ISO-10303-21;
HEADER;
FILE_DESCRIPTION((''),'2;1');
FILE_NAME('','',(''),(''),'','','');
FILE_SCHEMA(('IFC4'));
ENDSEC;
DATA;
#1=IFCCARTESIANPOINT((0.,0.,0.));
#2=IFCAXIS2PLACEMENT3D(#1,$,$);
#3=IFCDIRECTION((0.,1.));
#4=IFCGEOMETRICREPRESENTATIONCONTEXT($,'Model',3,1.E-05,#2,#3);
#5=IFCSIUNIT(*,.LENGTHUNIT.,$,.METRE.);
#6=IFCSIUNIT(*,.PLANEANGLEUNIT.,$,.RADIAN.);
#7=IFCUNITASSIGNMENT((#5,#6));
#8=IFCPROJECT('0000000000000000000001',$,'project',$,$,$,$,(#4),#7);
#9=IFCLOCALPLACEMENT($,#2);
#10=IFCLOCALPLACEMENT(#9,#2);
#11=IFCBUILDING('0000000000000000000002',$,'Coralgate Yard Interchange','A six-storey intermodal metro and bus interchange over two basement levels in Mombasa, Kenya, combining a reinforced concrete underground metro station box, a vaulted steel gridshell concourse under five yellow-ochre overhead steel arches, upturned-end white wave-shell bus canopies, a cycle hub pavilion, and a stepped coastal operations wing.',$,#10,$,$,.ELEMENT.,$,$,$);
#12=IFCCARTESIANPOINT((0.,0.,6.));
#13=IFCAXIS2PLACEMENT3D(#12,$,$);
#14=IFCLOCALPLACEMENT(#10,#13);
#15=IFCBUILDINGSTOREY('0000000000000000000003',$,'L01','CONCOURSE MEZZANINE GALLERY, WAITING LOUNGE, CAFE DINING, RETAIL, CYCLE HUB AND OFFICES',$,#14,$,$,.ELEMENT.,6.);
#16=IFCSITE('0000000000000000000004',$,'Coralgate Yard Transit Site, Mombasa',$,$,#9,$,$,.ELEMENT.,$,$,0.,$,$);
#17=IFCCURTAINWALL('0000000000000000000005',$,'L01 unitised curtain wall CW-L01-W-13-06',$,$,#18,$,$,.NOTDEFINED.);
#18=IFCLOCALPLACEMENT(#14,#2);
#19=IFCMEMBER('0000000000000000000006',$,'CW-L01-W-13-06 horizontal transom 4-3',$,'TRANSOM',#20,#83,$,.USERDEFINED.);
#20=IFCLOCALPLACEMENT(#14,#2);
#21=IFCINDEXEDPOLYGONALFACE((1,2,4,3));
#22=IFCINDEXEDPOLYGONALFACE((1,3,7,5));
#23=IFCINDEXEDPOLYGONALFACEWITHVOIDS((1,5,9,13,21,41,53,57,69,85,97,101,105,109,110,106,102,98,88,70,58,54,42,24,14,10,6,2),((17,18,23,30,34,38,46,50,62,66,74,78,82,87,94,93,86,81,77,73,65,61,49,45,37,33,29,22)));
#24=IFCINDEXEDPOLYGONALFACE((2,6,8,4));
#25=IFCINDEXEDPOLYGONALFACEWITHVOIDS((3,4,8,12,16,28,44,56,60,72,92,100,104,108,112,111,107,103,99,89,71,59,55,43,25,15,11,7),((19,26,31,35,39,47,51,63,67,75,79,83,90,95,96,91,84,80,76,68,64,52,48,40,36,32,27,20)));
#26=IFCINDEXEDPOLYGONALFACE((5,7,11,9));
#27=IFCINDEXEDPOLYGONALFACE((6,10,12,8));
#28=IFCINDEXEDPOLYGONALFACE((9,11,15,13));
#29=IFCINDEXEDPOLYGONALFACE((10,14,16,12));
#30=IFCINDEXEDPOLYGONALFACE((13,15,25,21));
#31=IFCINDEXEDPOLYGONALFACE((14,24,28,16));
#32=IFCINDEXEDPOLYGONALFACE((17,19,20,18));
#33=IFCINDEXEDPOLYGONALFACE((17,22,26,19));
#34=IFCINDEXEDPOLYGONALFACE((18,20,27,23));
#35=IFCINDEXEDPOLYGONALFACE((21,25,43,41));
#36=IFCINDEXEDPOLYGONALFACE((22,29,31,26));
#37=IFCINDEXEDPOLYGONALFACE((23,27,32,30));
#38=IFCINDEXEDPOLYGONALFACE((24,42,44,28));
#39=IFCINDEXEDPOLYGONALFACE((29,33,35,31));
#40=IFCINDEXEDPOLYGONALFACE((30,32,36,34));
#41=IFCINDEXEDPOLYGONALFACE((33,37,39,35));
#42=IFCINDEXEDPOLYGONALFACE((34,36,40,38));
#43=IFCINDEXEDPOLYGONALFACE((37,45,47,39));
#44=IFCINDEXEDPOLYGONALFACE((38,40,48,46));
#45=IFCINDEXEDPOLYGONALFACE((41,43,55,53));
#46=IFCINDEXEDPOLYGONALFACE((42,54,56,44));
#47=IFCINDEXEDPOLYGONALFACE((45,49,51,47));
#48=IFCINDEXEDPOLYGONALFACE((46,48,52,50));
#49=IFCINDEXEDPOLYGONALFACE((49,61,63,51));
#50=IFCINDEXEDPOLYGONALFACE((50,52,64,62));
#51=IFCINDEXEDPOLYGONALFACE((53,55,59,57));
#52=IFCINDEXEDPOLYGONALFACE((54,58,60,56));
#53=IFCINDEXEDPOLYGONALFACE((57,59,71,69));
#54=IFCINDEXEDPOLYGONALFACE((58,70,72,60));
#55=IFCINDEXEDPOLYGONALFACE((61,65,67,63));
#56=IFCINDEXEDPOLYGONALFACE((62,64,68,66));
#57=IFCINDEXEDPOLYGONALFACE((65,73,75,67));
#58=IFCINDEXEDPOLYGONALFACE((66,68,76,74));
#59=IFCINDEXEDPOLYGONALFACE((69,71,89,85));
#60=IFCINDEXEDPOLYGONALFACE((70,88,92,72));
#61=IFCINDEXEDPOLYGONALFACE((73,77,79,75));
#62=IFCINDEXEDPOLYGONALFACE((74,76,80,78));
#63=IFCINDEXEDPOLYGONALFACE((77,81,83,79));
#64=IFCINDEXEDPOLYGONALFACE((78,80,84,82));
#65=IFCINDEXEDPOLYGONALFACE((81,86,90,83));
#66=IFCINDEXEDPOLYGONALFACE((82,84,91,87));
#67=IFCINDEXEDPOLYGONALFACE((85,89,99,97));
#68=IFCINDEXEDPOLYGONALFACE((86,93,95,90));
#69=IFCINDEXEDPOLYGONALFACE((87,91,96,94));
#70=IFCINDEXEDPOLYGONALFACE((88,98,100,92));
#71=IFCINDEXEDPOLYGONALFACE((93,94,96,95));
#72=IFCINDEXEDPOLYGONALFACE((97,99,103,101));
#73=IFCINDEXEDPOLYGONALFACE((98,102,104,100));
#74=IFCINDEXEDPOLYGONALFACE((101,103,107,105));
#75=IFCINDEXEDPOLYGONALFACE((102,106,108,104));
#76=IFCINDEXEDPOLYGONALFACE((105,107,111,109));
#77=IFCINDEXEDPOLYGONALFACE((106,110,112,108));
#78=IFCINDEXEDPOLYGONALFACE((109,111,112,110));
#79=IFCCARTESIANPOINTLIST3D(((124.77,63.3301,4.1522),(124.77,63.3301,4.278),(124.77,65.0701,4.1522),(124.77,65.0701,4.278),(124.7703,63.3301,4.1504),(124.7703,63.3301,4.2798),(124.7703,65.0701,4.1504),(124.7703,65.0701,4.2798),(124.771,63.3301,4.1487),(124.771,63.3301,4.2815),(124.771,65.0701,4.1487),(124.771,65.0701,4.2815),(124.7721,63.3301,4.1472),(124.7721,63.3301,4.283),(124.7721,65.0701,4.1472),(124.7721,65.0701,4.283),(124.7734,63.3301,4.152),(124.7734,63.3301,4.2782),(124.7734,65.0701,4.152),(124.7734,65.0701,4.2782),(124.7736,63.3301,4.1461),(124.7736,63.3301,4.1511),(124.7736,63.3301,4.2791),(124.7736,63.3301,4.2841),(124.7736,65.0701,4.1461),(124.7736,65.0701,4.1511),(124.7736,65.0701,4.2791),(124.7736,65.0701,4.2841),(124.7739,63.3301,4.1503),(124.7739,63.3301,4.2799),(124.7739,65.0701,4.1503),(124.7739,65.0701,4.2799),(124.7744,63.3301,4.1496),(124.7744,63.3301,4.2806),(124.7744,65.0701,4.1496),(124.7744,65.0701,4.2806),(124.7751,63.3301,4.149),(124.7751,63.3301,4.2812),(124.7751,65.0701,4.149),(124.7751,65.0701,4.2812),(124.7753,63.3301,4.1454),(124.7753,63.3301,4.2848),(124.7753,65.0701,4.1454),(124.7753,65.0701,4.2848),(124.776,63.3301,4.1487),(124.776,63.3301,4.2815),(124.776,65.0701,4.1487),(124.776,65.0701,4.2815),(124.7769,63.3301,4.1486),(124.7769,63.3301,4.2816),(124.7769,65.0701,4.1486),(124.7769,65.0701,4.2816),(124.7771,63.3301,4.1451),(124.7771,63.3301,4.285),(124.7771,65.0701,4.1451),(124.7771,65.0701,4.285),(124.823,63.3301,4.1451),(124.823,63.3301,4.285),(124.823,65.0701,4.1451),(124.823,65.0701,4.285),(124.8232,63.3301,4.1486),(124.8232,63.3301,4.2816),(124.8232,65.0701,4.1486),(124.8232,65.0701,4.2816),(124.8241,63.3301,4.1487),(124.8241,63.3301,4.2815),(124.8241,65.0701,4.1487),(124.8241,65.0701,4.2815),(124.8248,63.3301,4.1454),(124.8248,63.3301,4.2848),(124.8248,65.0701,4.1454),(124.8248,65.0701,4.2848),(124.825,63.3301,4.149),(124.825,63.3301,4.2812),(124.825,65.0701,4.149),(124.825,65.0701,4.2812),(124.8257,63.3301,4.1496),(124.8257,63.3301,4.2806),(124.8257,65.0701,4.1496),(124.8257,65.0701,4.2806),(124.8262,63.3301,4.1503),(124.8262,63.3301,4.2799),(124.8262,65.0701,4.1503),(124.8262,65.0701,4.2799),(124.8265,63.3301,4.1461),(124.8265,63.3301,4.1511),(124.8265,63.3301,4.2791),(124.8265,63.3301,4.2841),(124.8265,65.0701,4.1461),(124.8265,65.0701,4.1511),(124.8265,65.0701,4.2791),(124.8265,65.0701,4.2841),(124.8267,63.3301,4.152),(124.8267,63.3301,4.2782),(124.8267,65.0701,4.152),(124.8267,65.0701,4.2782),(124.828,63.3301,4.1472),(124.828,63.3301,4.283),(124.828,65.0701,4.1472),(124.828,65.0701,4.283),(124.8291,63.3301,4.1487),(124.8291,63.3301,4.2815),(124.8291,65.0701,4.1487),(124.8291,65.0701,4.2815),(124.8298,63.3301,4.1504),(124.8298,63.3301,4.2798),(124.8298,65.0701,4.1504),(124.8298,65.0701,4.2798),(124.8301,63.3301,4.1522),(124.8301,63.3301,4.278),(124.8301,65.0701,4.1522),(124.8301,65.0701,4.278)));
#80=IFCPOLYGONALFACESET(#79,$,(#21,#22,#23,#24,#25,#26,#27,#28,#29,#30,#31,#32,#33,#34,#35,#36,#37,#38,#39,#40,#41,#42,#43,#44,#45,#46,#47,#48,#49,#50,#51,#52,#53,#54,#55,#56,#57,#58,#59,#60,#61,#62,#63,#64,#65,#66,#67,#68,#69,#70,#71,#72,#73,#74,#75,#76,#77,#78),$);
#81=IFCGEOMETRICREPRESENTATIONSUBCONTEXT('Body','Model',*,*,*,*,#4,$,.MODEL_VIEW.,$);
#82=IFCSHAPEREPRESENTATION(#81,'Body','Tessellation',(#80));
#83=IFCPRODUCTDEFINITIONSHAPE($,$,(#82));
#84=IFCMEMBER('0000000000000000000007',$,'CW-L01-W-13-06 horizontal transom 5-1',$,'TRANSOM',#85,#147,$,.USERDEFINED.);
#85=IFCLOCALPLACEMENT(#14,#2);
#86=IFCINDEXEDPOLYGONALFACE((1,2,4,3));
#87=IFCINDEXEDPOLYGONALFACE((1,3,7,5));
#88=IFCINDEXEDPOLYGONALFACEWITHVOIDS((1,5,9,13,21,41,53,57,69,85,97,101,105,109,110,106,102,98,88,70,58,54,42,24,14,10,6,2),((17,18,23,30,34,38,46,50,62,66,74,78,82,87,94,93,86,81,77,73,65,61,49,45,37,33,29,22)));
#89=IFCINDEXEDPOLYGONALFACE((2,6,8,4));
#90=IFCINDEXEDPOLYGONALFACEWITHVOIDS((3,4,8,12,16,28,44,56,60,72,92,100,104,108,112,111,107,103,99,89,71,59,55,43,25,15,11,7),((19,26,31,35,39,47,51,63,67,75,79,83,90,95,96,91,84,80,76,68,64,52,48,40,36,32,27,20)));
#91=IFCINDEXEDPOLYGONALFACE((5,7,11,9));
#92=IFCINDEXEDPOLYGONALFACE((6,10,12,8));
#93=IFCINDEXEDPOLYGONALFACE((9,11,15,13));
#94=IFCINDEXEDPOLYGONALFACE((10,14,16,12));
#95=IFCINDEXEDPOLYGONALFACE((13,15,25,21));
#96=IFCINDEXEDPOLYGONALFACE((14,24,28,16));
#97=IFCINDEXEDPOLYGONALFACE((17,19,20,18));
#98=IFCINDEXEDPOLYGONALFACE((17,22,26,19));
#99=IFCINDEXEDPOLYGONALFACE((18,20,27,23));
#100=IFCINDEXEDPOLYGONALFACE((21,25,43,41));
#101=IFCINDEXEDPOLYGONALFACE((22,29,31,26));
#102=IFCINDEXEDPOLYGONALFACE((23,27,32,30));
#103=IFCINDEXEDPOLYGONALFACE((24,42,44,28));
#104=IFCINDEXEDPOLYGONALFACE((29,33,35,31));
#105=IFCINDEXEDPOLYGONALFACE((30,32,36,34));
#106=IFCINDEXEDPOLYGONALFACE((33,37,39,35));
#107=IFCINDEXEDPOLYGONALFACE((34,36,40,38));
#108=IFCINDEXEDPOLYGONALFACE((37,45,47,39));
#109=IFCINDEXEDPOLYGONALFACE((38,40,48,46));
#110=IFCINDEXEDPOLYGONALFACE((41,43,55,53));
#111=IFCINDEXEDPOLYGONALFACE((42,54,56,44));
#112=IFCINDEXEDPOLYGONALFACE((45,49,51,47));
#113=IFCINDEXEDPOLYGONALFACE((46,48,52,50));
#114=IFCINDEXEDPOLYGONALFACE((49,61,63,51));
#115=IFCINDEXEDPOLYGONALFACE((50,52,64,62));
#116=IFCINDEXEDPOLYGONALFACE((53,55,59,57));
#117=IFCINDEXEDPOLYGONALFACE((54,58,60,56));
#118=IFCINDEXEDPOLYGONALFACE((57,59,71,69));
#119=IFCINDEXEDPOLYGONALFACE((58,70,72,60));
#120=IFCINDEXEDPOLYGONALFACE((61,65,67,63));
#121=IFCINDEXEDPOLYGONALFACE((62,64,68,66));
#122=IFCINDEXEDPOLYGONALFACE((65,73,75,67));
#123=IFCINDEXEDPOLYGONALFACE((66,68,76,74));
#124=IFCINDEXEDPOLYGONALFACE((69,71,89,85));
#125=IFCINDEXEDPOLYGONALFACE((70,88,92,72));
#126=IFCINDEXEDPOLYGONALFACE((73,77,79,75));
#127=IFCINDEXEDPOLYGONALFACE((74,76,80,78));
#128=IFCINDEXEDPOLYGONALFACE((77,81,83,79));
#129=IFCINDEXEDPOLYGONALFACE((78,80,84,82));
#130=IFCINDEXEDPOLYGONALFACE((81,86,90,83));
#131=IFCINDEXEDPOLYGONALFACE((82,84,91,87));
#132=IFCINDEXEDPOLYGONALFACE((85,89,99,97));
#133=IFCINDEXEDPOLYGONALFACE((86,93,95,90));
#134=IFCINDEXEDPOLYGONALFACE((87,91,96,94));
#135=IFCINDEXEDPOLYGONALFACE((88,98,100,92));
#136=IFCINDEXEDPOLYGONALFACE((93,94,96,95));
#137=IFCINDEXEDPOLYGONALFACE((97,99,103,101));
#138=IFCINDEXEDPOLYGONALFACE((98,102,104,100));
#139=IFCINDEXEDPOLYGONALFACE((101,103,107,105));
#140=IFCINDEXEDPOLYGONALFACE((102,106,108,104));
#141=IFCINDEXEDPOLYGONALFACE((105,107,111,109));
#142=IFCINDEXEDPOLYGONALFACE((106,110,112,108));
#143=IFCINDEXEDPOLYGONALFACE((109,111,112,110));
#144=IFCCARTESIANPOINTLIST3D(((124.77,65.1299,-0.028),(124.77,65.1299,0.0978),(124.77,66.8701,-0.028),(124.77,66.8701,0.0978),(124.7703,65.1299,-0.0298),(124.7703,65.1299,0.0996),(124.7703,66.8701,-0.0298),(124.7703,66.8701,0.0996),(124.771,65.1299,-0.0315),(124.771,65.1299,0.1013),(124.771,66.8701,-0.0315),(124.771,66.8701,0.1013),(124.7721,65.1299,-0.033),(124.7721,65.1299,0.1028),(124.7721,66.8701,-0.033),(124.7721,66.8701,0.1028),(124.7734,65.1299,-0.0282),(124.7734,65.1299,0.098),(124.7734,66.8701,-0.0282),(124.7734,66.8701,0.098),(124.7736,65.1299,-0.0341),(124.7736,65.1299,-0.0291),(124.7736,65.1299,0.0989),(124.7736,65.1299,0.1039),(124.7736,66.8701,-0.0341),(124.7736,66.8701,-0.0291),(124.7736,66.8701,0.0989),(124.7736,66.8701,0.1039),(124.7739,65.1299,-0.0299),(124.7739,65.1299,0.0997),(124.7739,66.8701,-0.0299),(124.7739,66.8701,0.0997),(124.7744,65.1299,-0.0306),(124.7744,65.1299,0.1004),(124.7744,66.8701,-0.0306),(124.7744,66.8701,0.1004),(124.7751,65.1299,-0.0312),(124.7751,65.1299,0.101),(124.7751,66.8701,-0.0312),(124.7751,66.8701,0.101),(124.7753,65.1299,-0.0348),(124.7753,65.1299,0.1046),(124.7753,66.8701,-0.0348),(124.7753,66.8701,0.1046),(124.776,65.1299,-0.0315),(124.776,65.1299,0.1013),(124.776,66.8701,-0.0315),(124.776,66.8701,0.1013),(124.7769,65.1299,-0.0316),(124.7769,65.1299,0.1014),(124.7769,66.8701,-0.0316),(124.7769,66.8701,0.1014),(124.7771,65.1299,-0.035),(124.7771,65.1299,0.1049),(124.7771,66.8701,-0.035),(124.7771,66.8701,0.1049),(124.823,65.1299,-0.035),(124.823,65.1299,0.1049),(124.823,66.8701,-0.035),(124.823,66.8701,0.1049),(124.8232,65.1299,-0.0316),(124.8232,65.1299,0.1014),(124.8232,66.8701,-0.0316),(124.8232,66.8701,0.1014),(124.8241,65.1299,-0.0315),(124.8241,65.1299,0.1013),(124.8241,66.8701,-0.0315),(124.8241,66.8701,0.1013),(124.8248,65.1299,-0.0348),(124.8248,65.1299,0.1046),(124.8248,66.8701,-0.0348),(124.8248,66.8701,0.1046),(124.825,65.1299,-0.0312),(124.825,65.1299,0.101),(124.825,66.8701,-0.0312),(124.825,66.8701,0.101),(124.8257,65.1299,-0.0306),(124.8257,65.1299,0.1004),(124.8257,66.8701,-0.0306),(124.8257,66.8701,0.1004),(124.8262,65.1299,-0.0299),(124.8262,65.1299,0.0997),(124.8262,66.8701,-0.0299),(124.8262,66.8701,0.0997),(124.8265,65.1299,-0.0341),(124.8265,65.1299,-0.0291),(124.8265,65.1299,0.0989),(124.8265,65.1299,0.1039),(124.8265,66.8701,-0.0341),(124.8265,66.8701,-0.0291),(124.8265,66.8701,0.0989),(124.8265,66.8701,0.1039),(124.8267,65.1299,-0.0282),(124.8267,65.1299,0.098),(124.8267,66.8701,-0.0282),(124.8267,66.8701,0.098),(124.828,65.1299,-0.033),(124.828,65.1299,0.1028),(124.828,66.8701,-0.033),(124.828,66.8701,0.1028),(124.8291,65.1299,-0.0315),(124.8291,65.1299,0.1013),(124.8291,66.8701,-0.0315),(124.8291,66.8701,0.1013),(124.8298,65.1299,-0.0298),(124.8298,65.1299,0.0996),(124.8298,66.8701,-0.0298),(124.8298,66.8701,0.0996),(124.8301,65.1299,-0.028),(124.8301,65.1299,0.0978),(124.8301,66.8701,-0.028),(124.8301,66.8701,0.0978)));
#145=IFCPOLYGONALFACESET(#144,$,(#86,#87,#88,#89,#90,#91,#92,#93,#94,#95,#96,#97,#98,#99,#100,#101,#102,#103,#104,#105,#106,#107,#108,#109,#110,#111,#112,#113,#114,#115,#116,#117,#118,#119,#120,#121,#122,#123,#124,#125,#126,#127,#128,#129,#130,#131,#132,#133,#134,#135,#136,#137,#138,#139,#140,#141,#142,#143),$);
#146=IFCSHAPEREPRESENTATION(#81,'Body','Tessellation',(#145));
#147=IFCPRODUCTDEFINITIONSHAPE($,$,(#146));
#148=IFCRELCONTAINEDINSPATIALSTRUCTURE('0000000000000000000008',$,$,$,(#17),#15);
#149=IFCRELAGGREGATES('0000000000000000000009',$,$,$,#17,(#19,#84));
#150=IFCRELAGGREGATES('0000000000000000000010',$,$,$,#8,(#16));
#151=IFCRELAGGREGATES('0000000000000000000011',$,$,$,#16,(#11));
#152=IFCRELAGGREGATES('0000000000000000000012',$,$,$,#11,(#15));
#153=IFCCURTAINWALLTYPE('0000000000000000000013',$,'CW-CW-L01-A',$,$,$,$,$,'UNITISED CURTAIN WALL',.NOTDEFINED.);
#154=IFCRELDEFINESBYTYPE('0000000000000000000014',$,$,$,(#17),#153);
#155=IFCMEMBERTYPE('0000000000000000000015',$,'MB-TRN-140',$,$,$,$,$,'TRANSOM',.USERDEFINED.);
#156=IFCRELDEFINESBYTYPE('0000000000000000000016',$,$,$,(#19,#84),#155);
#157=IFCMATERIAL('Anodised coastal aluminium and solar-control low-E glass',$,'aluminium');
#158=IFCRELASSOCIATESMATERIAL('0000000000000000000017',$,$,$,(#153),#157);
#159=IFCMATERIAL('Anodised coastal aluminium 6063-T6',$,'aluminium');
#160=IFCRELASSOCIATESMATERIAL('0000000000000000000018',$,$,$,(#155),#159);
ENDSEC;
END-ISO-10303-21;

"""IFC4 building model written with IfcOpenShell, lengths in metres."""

from ifc_helpers import new_model, si_unit, direction, frame, origin, origin_2d, place, context, subcontext, project, spatial, hollow_rectangle, extrude, material, material_profile, profile_set, type_object, element, aggregate, save


model = new_model("IFC4")

# Units and contexts
model_context = context("Model", 3, precision=1e-05, world=origin(), true_north=direction((0.0, 1.0)))
body_context = subcontext(model_context, "Body", "Model", "MODEL_VIEW")
ifc_project = project(units=[si_unit("LENGTHUNIT", "METRE"), si_unit("PLANEANGLEUNIT", "RADIAN")], contexts=[model_context])

# Site, building, storey
site_placement = place(None, origin())
site = spatial("IfcSite", under=ifc_project, at=site_placement, Name="Coralgate Yard Transit Site, Mombasa", CompositionType="ELEMENT", RefElevation=0.0)
building_placement = place(site_placement, origin())
building = spatial("IfcBuilding", under=site, at=building_placement, Name="Coralgate Yard Interchange", Description="A six-storey intermodal metro and bus interchange over two basement levels in Mombasa, Kenya, combining a reinforced concrete underground metro station box, a vaulted steel gridshell concourse under five yellow-ochre overhead steel arches, upturned-end white wave-shell bus canopies, a cycle hub pavilion, and a stepped coastal operations wing.", CompositionType="ELEMENT")
storey_placement = place(building_placement, frame((0.0, 0.0, 6.0)))
storey = spatial("IfcBuildingStorey", under=building, at=storey_placement, Name="L01", Description="CONCOURSE MEZZANINE GALLERY, WAITING LOUNGE, CAFE DINING, RETAIL, CYCLE HUB AND OFFICES", CompositionType="ELEMENT", Elevation=6.0)

# Curtain wall
ifc_material_1 = material(Name="Anodised coastal aluminium and solar-control low-E glass", Category="aluminium")
curtain_wall_type = type_object("IfcCurtainWallType", Name="CW-CW-L01-A", ElementType="UNITISED CURTAIN WALL", PredefinedType="NOTDEFINED", material=ifc_material_1)
ifc_material_2 = material(Name="Anodised coastal aluminium 6063-T6", Category="aluminium")
curtain_wall_1_placement = place(storey_placement, origin())
curtain_wall_1 = element("IfcCurtainWall", 1, at=curtain_wall_1_placement, inside=storey, type_object=curtain_wall_type, Name="L01 unitised curtain wall CW-L01-W-13-06", PredefinedType="NOTDEFINED")

# Members
ifc_material_profile_1 = material_profile(ifc_material_2, hollow_rectangle(XDim=0.0601, YDim=0.1399, WallThickness=0.0034, InnerFilletRadius=0.0034, OuterFilletRadius=0.0071, at=origin_2d()), Name="ALU 60x140x3.5")
ifc_profile_set_1 = profile_set([ifc_material_profile_1], Name="Anodised coastal aluminium 6063-T6")
member_type_1 = type_object("IfcMemberType", Name="MB-TRN-140", ElementType="TRANSOM", PredefinedType="USERDEFINED", material=ifc_profile_set_1)
member_1_placement = place(storey_placement, frame((124.8, 63.3301, 4.2151), z_axis=(0.0, 1.0, 0.0), x_axis=(-1.0, 0.0, 0.0)))
member_1 = element("IfcMember", 2, at=member_1_placement, type_object=member_type_1, Name="CW-L01-W-13-06 horizontal transom 4-3", ObjectType="TRANSOM", PredefinedType="USERDEFINED", context=body_context, shape_type="SweptSolid", body=[
    extrude(hollow_rectangle(XDim=0.0601, YDim=0.1399, WallThickness=0.0034, InnerFilletRadius=0.0034, OuterFilletRadius=0.0071, at=origin_2d()), origin(), (0.0, 0.0, 1.0), 1.74),
])
member_2_placement = place(storey_placement, frame((124.8, 65.1299, 0.0349), z_axis=(0.0, 1.0, 0.0), x_axis=(-1.0, 0.0, 0.0)))
member_2 = element("IfcMember", 3, at=member_2_placement, type_object=member_type_1, Name="CW-L01-W-13-06 horizontal transom 5-1", ObjectType="TRANSOM", PredefinedType="USERDEFINED", context=body_context, shape_type="SweptSolid", body=[
    extrude(hollow_rectangle(XDim=0.0601, YDim=0.1399, WallThickness=0.0034, InnerFilletRadius=0.0034, OuterFilletRadius=0.0071, at=origin_2d()), origin(), (0.0, 0.0, 1.0), 1.7402),
])

aggregate(curtain_wall_1, [member_1, member_2])

save(model, "model.ifc")
